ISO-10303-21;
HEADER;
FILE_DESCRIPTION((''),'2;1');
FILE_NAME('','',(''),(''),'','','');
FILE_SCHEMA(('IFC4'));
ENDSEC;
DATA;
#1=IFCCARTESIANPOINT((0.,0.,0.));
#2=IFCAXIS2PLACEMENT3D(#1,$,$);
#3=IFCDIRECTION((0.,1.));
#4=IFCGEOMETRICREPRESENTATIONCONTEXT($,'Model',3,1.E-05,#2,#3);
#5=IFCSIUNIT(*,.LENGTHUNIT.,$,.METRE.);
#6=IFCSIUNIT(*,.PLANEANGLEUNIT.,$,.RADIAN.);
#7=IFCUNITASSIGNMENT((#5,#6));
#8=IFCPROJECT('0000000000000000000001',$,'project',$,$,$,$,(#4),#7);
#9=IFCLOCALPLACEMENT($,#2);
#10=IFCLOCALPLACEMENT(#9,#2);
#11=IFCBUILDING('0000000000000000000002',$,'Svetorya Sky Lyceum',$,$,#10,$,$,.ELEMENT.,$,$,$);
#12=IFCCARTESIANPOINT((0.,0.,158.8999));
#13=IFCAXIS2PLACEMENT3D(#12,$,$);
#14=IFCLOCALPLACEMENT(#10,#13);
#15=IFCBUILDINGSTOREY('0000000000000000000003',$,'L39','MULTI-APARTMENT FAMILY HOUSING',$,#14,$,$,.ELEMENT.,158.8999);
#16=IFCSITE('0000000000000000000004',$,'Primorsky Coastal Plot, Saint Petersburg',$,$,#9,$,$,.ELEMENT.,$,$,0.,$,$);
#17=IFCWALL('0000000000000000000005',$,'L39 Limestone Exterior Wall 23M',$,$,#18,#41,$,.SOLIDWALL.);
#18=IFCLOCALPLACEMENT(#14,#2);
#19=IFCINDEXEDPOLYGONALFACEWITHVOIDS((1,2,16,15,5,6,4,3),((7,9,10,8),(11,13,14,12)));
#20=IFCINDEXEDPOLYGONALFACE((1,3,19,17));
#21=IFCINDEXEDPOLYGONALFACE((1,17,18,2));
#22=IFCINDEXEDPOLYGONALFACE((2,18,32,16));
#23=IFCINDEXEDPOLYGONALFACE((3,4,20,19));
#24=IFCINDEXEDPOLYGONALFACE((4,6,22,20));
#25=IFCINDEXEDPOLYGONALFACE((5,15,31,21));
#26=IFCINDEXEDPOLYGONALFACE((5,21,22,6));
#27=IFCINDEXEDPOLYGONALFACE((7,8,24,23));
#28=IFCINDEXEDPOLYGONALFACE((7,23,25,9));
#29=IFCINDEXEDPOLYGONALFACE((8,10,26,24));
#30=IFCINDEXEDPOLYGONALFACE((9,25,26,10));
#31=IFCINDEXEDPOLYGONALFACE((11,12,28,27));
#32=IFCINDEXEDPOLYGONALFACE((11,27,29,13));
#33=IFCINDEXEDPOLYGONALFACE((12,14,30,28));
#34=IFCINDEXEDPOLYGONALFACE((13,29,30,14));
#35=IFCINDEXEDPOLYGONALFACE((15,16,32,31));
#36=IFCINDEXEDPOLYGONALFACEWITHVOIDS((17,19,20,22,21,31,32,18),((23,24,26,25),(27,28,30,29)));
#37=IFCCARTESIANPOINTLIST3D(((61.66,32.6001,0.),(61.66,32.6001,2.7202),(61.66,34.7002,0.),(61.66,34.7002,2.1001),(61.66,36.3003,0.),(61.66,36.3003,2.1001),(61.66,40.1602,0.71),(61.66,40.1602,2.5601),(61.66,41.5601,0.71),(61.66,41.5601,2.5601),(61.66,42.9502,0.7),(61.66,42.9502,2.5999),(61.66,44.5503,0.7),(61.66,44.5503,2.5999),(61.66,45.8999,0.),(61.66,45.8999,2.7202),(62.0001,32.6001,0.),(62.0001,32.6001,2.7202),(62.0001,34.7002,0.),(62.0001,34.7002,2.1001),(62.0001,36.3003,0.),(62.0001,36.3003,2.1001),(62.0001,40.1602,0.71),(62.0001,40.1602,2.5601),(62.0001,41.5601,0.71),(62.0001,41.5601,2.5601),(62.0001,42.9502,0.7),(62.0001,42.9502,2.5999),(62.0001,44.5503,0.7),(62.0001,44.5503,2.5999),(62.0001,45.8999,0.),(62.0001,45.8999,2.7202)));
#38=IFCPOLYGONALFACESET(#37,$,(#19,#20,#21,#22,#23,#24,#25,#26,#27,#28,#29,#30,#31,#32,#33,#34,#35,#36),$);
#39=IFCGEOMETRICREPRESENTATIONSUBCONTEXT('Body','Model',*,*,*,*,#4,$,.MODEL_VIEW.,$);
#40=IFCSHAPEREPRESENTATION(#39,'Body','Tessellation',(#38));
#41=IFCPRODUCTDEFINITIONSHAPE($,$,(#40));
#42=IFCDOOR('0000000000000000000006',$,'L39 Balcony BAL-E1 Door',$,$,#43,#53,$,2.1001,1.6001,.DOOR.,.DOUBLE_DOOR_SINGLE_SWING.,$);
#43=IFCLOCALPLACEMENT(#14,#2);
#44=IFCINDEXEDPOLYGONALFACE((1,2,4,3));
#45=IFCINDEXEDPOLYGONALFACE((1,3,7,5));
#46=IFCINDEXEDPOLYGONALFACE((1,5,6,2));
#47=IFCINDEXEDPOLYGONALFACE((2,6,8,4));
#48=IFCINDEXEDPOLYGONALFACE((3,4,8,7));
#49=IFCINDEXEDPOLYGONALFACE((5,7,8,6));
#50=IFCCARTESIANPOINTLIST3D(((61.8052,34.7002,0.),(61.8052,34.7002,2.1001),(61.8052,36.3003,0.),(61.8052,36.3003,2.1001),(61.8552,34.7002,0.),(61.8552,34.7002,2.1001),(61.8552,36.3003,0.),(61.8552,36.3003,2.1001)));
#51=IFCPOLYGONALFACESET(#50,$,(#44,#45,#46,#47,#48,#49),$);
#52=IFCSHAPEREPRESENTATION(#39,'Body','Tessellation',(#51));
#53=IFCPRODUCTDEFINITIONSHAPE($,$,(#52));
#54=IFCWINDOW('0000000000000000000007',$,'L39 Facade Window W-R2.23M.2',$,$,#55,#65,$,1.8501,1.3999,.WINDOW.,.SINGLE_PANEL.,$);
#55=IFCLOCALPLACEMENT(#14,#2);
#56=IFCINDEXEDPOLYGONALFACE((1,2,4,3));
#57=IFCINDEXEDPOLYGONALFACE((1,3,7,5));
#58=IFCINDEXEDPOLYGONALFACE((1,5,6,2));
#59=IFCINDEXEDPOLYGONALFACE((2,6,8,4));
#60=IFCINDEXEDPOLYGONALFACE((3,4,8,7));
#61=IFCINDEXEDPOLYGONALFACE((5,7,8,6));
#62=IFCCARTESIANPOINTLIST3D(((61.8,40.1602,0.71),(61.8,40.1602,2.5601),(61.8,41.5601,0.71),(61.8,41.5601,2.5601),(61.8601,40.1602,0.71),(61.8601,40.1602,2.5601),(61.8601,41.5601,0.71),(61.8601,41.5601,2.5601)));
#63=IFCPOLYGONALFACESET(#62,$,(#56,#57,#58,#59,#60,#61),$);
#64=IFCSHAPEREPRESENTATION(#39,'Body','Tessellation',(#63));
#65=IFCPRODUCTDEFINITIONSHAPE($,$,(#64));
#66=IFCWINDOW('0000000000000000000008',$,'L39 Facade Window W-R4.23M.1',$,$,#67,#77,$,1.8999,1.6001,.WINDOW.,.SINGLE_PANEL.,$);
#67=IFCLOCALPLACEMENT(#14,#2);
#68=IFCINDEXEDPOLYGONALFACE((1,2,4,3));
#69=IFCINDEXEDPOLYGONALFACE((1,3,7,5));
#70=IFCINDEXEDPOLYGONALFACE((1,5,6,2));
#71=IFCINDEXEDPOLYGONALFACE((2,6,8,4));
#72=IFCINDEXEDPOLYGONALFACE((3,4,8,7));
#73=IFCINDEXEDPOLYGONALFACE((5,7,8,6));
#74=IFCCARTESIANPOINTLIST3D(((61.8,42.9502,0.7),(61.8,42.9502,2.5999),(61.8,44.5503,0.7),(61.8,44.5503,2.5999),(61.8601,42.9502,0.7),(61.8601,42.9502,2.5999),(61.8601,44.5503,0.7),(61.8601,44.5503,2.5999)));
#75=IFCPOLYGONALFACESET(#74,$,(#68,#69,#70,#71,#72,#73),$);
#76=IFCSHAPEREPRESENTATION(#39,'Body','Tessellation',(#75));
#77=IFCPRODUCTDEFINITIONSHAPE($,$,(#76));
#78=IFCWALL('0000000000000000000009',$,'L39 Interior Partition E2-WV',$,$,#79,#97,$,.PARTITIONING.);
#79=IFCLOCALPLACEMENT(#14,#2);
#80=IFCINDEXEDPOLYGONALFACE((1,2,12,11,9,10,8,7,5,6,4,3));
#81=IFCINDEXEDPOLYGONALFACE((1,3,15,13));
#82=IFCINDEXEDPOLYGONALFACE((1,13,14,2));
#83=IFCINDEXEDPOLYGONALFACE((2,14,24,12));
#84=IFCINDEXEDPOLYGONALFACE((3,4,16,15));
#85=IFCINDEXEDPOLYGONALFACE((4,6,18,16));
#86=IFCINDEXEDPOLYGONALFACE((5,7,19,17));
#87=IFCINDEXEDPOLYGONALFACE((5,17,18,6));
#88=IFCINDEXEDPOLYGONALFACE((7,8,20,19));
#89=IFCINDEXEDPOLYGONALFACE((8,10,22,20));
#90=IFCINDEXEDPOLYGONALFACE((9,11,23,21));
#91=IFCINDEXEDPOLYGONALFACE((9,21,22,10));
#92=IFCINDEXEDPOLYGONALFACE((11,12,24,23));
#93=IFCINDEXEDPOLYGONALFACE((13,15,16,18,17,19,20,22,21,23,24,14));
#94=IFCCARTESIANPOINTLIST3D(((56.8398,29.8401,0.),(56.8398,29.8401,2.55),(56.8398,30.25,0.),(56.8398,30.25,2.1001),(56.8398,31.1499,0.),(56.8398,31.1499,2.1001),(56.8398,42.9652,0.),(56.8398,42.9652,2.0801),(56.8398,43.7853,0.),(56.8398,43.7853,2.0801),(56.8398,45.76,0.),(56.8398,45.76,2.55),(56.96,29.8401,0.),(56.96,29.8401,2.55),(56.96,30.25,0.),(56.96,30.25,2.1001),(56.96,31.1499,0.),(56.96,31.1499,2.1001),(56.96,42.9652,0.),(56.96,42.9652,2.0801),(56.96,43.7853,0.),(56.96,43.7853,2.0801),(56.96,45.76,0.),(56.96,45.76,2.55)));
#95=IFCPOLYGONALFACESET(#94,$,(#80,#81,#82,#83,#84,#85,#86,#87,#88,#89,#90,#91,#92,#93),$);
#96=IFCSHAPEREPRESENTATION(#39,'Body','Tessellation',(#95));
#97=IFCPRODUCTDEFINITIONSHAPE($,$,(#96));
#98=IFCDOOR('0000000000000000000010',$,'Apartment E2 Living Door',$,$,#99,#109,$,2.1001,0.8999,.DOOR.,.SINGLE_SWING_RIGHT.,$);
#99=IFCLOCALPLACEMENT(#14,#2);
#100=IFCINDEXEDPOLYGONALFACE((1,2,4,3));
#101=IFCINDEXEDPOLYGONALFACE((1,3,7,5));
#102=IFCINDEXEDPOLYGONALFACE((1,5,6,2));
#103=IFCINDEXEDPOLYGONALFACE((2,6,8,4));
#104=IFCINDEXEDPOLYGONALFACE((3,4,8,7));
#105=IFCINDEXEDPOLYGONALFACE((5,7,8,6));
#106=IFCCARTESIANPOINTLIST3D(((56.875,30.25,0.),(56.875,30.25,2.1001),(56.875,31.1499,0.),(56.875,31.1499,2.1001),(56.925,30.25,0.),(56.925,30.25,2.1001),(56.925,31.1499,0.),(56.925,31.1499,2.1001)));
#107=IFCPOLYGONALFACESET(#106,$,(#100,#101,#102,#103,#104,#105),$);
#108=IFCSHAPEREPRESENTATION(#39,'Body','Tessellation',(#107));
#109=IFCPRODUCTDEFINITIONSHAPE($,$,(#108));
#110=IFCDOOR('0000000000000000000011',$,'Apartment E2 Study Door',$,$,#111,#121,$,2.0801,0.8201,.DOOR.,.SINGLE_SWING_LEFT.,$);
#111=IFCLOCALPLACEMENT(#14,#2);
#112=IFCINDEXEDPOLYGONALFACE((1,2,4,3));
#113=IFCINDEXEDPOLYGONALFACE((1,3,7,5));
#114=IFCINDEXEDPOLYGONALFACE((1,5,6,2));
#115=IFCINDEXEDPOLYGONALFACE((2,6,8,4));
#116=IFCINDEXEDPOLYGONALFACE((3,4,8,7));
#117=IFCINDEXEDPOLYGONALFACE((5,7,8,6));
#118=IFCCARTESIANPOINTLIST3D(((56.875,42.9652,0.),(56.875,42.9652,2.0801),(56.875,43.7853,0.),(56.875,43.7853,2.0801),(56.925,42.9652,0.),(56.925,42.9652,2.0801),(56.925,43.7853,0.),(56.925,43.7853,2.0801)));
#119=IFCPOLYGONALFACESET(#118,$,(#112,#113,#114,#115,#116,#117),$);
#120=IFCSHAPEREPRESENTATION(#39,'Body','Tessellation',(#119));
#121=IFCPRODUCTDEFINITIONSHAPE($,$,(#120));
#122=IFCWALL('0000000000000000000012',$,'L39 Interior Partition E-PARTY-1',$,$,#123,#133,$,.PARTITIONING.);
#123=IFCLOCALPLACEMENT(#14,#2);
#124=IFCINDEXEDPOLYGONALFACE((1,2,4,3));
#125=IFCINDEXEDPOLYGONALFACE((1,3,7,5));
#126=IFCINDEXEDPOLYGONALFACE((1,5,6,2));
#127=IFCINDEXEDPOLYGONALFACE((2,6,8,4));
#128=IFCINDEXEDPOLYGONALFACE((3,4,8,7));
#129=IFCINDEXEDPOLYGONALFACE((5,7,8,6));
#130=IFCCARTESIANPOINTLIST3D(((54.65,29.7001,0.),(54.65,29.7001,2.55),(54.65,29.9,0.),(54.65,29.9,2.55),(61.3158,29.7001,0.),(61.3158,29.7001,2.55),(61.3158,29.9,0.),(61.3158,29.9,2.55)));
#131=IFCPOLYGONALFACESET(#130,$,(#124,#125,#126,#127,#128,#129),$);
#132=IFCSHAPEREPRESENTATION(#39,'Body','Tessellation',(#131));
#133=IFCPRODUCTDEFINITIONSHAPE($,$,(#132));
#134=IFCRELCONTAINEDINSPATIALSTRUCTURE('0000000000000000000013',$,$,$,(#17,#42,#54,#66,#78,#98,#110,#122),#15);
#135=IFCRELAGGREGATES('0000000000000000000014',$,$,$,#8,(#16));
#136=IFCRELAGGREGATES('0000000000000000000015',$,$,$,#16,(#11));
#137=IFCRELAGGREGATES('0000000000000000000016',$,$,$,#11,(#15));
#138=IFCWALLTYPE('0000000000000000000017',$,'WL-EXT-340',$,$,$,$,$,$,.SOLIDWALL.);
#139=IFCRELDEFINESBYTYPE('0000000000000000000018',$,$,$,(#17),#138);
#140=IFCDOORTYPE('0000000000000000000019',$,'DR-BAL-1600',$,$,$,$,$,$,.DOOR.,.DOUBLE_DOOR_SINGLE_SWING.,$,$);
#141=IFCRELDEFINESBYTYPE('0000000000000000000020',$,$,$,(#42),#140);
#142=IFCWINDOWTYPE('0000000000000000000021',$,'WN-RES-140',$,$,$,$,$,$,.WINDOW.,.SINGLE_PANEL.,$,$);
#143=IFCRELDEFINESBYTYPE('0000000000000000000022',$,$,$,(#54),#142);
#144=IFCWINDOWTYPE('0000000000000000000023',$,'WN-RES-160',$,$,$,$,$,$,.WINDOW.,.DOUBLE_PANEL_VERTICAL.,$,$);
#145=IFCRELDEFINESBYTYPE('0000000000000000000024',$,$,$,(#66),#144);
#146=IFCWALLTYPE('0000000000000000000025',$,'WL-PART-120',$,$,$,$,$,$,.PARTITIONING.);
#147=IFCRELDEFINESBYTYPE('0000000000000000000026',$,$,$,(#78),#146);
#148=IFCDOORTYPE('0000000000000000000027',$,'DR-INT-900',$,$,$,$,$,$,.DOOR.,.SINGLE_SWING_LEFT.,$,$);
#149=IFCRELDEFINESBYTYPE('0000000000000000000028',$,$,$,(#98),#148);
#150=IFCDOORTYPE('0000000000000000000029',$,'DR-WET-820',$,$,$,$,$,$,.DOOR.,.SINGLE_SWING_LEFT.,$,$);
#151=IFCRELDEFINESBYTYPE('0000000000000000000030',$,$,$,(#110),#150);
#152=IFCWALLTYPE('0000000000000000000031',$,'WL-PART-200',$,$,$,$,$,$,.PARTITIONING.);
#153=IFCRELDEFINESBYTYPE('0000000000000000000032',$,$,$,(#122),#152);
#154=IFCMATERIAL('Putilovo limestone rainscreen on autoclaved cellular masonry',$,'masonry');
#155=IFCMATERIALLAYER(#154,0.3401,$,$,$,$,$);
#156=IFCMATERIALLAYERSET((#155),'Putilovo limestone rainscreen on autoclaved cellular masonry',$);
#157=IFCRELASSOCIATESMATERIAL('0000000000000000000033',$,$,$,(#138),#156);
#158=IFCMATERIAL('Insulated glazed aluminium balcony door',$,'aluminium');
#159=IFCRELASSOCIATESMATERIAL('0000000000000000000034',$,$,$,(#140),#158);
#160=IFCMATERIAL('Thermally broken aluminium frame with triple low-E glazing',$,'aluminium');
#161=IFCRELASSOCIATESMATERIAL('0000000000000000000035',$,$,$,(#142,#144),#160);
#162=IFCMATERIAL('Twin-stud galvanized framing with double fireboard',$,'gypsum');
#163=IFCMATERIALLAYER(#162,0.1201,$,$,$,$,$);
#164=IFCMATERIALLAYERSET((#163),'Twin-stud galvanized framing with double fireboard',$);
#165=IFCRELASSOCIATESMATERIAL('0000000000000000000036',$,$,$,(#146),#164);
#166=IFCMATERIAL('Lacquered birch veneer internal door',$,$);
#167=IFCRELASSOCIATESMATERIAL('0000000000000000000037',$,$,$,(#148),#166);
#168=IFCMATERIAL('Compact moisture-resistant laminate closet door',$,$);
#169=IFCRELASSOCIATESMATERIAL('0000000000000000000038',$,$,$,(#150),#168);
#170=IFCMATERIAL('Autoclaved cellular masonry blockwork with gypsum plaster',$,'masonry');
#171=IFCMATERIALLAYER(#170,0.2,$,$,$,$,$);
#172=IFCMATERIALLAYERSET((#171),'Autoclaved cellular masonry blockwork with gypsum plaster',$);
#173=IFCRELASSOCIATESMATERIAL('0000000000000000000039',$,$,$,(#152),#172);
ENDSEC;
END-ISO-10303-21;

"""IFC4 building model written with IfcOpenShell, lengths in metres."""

from ifc_helpers import new_model, si_unit, direction, frame, frame_2d, origin, place, context, subcontext, project, spatial, rectangle, extrude, material, layer, layer_set, type_object, element, fill, save


model = new_model("IFC4")

# Units and contexts
model_context = context("Model", 3, precision=1e-05, world=origin(), true_north=direction((0.0, 1.0)))
body_context = subcontext(model_context, "Body", "Model", "MODEL_VIEW")
ifc_project = project(units=[si_unit("LENGTHUNIT", "METRE"), si_unit("PLANEANGLEUNIT", "RADIAN")], contexts=[model_context])

# Site, building, storey
site_placement = place(None, origin())
site = spatial("IfcSite", under=ifc_project, at=site_placement, Name="Primorsky Coastal Plot, Saint Petersburg", CompositionType="ELEMENT", RefElevation=0.0)
building_placement = place(site_placement, origin())
building = spatial("IfcBuilding", under=site, at=building_placement, Name="Svetorya Sky Lyceum", CompositionType="ELEMENT")
storey_placement = place(building_placement, frame((0.0, 0.0, 158.8999)))
storey = spatial("IfcBuildingStorey", under=building, at=storey_placement, Name="L39", Description="MULTI-APARTMENT FAMILY HOUSING", CompositionType="ELEMENT", Elevation=158.8999)

# Shared definitions
ifc_material_1 = material(Name="Putilovo limestone rainscreen on autoclaved cellular masonry", Category="masonry")
ifc_layer_1 = layer(ifc_material_1, 0.3401)
ifc_layer_set_1 = layer_set([ifc_layer_1], Name="Putilovo limestone rainscreen on autoclaved cellular masonry")
wall_type_1 = type_object("IfcWallType", Name="WL-EXT-340", PredefinedType="SOLIDWALL", material=ifc_layer_set_1)

# Shared definitions
ifc_material_2 = material(Name="Thermally broken aluminium frame with triple low-E glazing", Category="aluminium")

# Wall, openings, door, windows
wall_1_placement = place(storey_placement, frame((61.8301, 32.6001, 0.0), z_axis=(0.0, 0.0, 1.0), x_axis=(0.0, 1.0, 0.0)))
wall_1 = element("IfcWall", 1, at=wall_1_placement, inside=storey, type_object=wall_type_1, Name="L39 Limestone Exterior Wall 23M", PredefinedType="SOLIDWALL", context=body_context, shape_type="SweptSolid", body=[
    extrude(rectangle(XDim=13.2998, YDim=0.3401, at=frame_2d((6.6499, 0.0))), origin(), (0.0, 0.0, 1.0), 2.7202),
])
opening_1_placement = place(wall_1_placement, frame((2.1001, 0.0, 0.0)))
opening_1 = element("IfcOpeningElement", 2, at=opening_1_placement, cuts=wall_1, PredefinedType="OPENING", context=body_context, shape_type="SweptSolid", body=[
    extrude(rectangle(XDim=1.6001, YDim=2.1001, at=frame_2d((0.8, 1.05))), frame((0.0, 0.1799, 0.0), z_axis=(0.0, -1.0, 0.0), x_axis=(1.0, 0.0, 0.0)), (0.0, 0.0, 1.0), 0.3601),
])
opening_2_placement = place(wall_1_placement, frame((7.5601, 0.0, 0.71)))
opening_2 = element("IfcOpeningElement", 3, at=opening_2_placement, cuts=wall_1, PredefinedType="OPENING", context=body_context, shape_type="SweptSolid", body=[
    extrude(rectangle(XDim=1.3999, YDim=1.8501, at=frame_2d((0.7, 0.925))), frame((0.0, 0.1799, 0.0), z_axis=(0.0, -1.0, 0.0), x_axis=(1.0, 0.0, 0.0)), (0.0, 0.0, 1.0), 0.3601),
])
opening_3_placement = place(wall_1_placement, frame((10.3501, 0.0, 0.7)))
opening_3 = element("IfcOpeningElement", 4, at=opening_3_placement, cuts=wall_1, PredefinedType="OPENING", context=body_context, shape_type="SweptSolid", body=[
    extrude(rectangle(XDim=1.6001, YDim=1.8999, at=frame_2d((0.8, 0.95))), frame((0.0, 0.1799, 0.0), z_axis=(0.0, -1.0, 0.0), x_axis=(1.0, 0.0, 0.0)), (0.0, 0.0, 1.0), 0.3601),
])
ifc_material_3 = material(Name="Insulated glazed aluminium balcony door", Category="aluminium")
door_type_1 = type_object("IfcDoorType", Name="DR-BAL-1600", OperationType="DOUBLE_DOOR_SINGLE_SWING", PredefinedType="DOOR", material=ifc_material_3)
door_1_placement = place(opening_1_placement, origin())
door_1 = element("IfcDoor", 5, at=door_1_placement, inside=storey, type_object=door_type_1, Name="L39 Balcony BAL-E1 Door", OperationType="DOUBLE_DOOR_SINGLE_SWING", OverallHeight=2.1001, OverallWidth=1.6001, PredefinedType="DOOR", context=body_context, shape_type="SweptSolid", body=[
    extrude(rectangle(XDim=1.6001, YDim=2.1001, at=frame_2d((0.8, 1.05))), frame((0.0, 0.0249, 0.0), z_axis=(0.0, -1.0, 0.0), x_axis=(1.0, 0.0, 0.0)), (0.0, 0.0, 1.0), 0.05),
])
fill(opening_1, door_1)
window_type_1 = type_object("IfcWindowType", Name="WN-RES-140", PartitioningType="SINGLE_PANEL", PredefinedType="WINDOW", material=ifc_material_2)
window_1_placement = place(opening_2_placement, origin())
window_1 = element("IfcWindow", 6, at=window_1_placement, inside=storey, type_object=window_type_1, Name="L39 Facade Window W-R2.23M.2", OverallHeight=1.8501, OverallWidth=1.3999, PartitioningType="SINGLE_PANEL", PredefinedType="WINDOW", context=body_context, shape_type="SweptSolid", body=[
    extrude(rectangle(XDim=1.3999, YDim=1.8501, at=frame_2d((0.7, 0.925))), frame((0.0, 0.03, 0.0), z_axis=(0.0, -1.0, 0.0), x_axis=(1.0, 0.0, 0.0)), (0.0, 0.0, 1.0), 0.0601),
])
fill(opening_2, window_1)
window_type_2 = type_object("IfcWindowType", Name="WN-RES-160", PartitioningType="DOUBLE_PANEL_VERTICAL", PredefinedType="WINDOW", material=ifc_material_2)
window_2_placement = place(opening_3_placement, origin())
window_2 = element("IfcWindow", 7, at=window_2_placement, inside=storey, type_object=window_type_2, Name="L39 Facade Window W-R4.23M.1", OverallHeight=1.8999, OverallWidth=1.6001, PartitioningType="SINGLE_PANEL", PredefinedType="WINDOW", context=body_context, shape_type="SweptSolid", body=[
    extrude(rectangle(XDim=1.6001, YDim=1.8999, at=frame_2d((0.8, 0.95))), frame((0.0, 0.03, 0.0), z_axis=(0.0, -1.0, 0.0), x_axis=(1.0, 0.0, 0.0)), (0.0, 0.0, 1.0), 0.0601),
])
fill(opening_3, window_2)

# Wall, openings, doors
ifc_material_4 = material(Name="Twin-stud galvanized framing with double fireboard", Category="gypsum")
ifc_layer_2 = layer(ifc_material_4, 0.1201)
ifc_layer_set_2 = layer_set([ifc_layer_2], Name="Twin-stud galvanized framing with double fireboard")
wall_type_2 = type_object("IfcWallType", Name="WL-PART-120", PredefinedType="PARTITIONING", material=ifc_layer_set_2)
wall_2_placement = place(storey_placement, frame((56.8999, 29.8401, 0.0), z_axis=(0.0, 0.0, 1.0), x_axis=(0.0, 1.0, 0.0)))
wall_2 = element("IfcWall", 8, at=wall_2_placement, inside=storey, type_object=wall_type_2, Name="L39 Interior Partition E2-WV", PredefinedType="PARTITIONING", context=body_context, shape_type="SweptSolid", body=[
    extrude(rectangle(XDim=15.9199, YDim=0.1201, at=frame_2d((7.96, 0.0))), origin(), (0.0, 0.0, 1.0), 2.55),
])
opening_4_placement = place(wall_2_placement, frame((0.4099, 0.0, 0.0)))
opening_4 = element("IfcOpeningElement", 9, at=opening_4_placement, cuts=wall_2, PredefinedType="OPENING", context=body_context, shape_type="SweptSolid", body=[
    extrude(rectangle(XDim=0.8999, YDim=2.1001, at=frame_2d((0.45, 1.05))), frame((0.0, 0.0701, 0.0), z_axis=(0.0, -1.0, 0.0), x_axis=(1.0, 0.0, 0.0)), (0.0, 0.0, 1.0), 0.1401),
])
opening_5_placement = place(wall_2_placement, frame((13.125, 0.0, 0.0)))
opening_5 = element("IfcOpeningElement", 10, at=opening_5_placement, cuts=wall_2, PredefinedType="OPENING", context=body_context, shape_type="SweptSolid", body=[
    extrude(rectangle(XDim=0.8201, YDim=2.0801, at=frame_2d((0.4102, 1.04))), frame((0.0, 0.0701, 0.0), z_axis=(0.0, -1.0, 0.0), x_axis=(1.0, 0.0, 0.0)), (0.0, 0.0, 1.0), 0.1401),
])
ifc_material_5 = material(Name="Lacquered birch veneer internal door")
door_type_2 = type_object("IfcDoorType", Name="DR-INT-900", OperationType="SINGLE_SWING_LEFT", PredefinedType="DOOR", material=ifc_material_5)
door_2_placement = place(opening_4_placement, origin())
door_2 = element("IfcDoor", 11, at=door_2_placement, inside=storey, type_object=door_type_2, Name="Apartment E2 Living Door", OperationType="SINGLE_SWING_RIGHT", OverallHeight=2.1001, OverallWidth=0.8999, PredefinedType="DOOR", context=body_context, shape_type="SweptSolid", body=[
    extrude(rectangle(XDim=0.8999, YDim=2.1001, at=frame_2d((0.45, 1.05))), frame((0.0, 0.0249, 0.0), z_axis=(0.0, -1.0, 0.0), x_axis=(1.0, 0.0, 0.0)), (0.0, 0.0, 1.0), 0.05),
])
fill(opening_4, door_2)
ifc_material_6 = material(Name="Compact moisture-resistant laminate closet door")
door_type_3 = type_object("IfcDoorType", Name="DR-WET-820", OperationType="SINGLE_SWING_LEFT", PredefinedType="DOOR", material=ifc_material_6)
door_3_placement = place(opening_5_placement, origin())
door_3 = element("IfcDoor", 12, at=door_3_placement, inside=storey, type_object=door_type_3, Name="Apartment E2 Study Door", OperationType="SINGLE_SWING_LEFT", OverallHeight=2.0801, OverallWidth=0.8201, PredefinedType="DOOR", context=body_context, shape_type="SweptSolid", body=[
    extrude(rectangle(XDim=0.8201, YDim=2.0801, at=frame_2d((0.4102, 1.04))), frame((0.0, 0.0249, 0.0), z_axis=(0.0, -1.0, 0.0), x_axis=(1.0, 0.0, 0.0)), (0.0, 0.0, 1.0), 0.05),
])
fill(opening_5, door_3)

# Wall
ifc_material_7 = material(Name="Autoclaved cellular masonry blockwork with gypsum plaster", Category="masonry")
ifc_layer_3 = layer(ifc_material_7, 0.2)
ifc_layer_set_3 = layer_set([ifc_layer_3], Name="Autoclaved cellular masonry blockwork with gypsum plaster")
wall_type_3 = type_object("IfcWallType", Name="WL-PART-200", PredefinedType="PARTITIONING", material=ifc_layer_set_3)
wall_3_placement = place(storey_placement, frame((54.6499, 29.8, 0.0), z_axis=(0.0, 0.0, 1.0), x_axis=(1.0, 0.0, 0.0)))
element("IfcWall", 13, at=wall_3_placement, inside=storey, type_object=wall_type_3, Name="L39 Interior Partition E-PARTY-1", PredefinedType="PARTITIONING", context=body_context, shape_type="SweptSolid", body=[
    extrude(rectangle(XDim=6.6658, YDim=0.2, at=frame_2d((3.333, 0.0))), origin(), (0.0, 0.0, 1.0), 2.55),
])

save(model, "model.ifc")
